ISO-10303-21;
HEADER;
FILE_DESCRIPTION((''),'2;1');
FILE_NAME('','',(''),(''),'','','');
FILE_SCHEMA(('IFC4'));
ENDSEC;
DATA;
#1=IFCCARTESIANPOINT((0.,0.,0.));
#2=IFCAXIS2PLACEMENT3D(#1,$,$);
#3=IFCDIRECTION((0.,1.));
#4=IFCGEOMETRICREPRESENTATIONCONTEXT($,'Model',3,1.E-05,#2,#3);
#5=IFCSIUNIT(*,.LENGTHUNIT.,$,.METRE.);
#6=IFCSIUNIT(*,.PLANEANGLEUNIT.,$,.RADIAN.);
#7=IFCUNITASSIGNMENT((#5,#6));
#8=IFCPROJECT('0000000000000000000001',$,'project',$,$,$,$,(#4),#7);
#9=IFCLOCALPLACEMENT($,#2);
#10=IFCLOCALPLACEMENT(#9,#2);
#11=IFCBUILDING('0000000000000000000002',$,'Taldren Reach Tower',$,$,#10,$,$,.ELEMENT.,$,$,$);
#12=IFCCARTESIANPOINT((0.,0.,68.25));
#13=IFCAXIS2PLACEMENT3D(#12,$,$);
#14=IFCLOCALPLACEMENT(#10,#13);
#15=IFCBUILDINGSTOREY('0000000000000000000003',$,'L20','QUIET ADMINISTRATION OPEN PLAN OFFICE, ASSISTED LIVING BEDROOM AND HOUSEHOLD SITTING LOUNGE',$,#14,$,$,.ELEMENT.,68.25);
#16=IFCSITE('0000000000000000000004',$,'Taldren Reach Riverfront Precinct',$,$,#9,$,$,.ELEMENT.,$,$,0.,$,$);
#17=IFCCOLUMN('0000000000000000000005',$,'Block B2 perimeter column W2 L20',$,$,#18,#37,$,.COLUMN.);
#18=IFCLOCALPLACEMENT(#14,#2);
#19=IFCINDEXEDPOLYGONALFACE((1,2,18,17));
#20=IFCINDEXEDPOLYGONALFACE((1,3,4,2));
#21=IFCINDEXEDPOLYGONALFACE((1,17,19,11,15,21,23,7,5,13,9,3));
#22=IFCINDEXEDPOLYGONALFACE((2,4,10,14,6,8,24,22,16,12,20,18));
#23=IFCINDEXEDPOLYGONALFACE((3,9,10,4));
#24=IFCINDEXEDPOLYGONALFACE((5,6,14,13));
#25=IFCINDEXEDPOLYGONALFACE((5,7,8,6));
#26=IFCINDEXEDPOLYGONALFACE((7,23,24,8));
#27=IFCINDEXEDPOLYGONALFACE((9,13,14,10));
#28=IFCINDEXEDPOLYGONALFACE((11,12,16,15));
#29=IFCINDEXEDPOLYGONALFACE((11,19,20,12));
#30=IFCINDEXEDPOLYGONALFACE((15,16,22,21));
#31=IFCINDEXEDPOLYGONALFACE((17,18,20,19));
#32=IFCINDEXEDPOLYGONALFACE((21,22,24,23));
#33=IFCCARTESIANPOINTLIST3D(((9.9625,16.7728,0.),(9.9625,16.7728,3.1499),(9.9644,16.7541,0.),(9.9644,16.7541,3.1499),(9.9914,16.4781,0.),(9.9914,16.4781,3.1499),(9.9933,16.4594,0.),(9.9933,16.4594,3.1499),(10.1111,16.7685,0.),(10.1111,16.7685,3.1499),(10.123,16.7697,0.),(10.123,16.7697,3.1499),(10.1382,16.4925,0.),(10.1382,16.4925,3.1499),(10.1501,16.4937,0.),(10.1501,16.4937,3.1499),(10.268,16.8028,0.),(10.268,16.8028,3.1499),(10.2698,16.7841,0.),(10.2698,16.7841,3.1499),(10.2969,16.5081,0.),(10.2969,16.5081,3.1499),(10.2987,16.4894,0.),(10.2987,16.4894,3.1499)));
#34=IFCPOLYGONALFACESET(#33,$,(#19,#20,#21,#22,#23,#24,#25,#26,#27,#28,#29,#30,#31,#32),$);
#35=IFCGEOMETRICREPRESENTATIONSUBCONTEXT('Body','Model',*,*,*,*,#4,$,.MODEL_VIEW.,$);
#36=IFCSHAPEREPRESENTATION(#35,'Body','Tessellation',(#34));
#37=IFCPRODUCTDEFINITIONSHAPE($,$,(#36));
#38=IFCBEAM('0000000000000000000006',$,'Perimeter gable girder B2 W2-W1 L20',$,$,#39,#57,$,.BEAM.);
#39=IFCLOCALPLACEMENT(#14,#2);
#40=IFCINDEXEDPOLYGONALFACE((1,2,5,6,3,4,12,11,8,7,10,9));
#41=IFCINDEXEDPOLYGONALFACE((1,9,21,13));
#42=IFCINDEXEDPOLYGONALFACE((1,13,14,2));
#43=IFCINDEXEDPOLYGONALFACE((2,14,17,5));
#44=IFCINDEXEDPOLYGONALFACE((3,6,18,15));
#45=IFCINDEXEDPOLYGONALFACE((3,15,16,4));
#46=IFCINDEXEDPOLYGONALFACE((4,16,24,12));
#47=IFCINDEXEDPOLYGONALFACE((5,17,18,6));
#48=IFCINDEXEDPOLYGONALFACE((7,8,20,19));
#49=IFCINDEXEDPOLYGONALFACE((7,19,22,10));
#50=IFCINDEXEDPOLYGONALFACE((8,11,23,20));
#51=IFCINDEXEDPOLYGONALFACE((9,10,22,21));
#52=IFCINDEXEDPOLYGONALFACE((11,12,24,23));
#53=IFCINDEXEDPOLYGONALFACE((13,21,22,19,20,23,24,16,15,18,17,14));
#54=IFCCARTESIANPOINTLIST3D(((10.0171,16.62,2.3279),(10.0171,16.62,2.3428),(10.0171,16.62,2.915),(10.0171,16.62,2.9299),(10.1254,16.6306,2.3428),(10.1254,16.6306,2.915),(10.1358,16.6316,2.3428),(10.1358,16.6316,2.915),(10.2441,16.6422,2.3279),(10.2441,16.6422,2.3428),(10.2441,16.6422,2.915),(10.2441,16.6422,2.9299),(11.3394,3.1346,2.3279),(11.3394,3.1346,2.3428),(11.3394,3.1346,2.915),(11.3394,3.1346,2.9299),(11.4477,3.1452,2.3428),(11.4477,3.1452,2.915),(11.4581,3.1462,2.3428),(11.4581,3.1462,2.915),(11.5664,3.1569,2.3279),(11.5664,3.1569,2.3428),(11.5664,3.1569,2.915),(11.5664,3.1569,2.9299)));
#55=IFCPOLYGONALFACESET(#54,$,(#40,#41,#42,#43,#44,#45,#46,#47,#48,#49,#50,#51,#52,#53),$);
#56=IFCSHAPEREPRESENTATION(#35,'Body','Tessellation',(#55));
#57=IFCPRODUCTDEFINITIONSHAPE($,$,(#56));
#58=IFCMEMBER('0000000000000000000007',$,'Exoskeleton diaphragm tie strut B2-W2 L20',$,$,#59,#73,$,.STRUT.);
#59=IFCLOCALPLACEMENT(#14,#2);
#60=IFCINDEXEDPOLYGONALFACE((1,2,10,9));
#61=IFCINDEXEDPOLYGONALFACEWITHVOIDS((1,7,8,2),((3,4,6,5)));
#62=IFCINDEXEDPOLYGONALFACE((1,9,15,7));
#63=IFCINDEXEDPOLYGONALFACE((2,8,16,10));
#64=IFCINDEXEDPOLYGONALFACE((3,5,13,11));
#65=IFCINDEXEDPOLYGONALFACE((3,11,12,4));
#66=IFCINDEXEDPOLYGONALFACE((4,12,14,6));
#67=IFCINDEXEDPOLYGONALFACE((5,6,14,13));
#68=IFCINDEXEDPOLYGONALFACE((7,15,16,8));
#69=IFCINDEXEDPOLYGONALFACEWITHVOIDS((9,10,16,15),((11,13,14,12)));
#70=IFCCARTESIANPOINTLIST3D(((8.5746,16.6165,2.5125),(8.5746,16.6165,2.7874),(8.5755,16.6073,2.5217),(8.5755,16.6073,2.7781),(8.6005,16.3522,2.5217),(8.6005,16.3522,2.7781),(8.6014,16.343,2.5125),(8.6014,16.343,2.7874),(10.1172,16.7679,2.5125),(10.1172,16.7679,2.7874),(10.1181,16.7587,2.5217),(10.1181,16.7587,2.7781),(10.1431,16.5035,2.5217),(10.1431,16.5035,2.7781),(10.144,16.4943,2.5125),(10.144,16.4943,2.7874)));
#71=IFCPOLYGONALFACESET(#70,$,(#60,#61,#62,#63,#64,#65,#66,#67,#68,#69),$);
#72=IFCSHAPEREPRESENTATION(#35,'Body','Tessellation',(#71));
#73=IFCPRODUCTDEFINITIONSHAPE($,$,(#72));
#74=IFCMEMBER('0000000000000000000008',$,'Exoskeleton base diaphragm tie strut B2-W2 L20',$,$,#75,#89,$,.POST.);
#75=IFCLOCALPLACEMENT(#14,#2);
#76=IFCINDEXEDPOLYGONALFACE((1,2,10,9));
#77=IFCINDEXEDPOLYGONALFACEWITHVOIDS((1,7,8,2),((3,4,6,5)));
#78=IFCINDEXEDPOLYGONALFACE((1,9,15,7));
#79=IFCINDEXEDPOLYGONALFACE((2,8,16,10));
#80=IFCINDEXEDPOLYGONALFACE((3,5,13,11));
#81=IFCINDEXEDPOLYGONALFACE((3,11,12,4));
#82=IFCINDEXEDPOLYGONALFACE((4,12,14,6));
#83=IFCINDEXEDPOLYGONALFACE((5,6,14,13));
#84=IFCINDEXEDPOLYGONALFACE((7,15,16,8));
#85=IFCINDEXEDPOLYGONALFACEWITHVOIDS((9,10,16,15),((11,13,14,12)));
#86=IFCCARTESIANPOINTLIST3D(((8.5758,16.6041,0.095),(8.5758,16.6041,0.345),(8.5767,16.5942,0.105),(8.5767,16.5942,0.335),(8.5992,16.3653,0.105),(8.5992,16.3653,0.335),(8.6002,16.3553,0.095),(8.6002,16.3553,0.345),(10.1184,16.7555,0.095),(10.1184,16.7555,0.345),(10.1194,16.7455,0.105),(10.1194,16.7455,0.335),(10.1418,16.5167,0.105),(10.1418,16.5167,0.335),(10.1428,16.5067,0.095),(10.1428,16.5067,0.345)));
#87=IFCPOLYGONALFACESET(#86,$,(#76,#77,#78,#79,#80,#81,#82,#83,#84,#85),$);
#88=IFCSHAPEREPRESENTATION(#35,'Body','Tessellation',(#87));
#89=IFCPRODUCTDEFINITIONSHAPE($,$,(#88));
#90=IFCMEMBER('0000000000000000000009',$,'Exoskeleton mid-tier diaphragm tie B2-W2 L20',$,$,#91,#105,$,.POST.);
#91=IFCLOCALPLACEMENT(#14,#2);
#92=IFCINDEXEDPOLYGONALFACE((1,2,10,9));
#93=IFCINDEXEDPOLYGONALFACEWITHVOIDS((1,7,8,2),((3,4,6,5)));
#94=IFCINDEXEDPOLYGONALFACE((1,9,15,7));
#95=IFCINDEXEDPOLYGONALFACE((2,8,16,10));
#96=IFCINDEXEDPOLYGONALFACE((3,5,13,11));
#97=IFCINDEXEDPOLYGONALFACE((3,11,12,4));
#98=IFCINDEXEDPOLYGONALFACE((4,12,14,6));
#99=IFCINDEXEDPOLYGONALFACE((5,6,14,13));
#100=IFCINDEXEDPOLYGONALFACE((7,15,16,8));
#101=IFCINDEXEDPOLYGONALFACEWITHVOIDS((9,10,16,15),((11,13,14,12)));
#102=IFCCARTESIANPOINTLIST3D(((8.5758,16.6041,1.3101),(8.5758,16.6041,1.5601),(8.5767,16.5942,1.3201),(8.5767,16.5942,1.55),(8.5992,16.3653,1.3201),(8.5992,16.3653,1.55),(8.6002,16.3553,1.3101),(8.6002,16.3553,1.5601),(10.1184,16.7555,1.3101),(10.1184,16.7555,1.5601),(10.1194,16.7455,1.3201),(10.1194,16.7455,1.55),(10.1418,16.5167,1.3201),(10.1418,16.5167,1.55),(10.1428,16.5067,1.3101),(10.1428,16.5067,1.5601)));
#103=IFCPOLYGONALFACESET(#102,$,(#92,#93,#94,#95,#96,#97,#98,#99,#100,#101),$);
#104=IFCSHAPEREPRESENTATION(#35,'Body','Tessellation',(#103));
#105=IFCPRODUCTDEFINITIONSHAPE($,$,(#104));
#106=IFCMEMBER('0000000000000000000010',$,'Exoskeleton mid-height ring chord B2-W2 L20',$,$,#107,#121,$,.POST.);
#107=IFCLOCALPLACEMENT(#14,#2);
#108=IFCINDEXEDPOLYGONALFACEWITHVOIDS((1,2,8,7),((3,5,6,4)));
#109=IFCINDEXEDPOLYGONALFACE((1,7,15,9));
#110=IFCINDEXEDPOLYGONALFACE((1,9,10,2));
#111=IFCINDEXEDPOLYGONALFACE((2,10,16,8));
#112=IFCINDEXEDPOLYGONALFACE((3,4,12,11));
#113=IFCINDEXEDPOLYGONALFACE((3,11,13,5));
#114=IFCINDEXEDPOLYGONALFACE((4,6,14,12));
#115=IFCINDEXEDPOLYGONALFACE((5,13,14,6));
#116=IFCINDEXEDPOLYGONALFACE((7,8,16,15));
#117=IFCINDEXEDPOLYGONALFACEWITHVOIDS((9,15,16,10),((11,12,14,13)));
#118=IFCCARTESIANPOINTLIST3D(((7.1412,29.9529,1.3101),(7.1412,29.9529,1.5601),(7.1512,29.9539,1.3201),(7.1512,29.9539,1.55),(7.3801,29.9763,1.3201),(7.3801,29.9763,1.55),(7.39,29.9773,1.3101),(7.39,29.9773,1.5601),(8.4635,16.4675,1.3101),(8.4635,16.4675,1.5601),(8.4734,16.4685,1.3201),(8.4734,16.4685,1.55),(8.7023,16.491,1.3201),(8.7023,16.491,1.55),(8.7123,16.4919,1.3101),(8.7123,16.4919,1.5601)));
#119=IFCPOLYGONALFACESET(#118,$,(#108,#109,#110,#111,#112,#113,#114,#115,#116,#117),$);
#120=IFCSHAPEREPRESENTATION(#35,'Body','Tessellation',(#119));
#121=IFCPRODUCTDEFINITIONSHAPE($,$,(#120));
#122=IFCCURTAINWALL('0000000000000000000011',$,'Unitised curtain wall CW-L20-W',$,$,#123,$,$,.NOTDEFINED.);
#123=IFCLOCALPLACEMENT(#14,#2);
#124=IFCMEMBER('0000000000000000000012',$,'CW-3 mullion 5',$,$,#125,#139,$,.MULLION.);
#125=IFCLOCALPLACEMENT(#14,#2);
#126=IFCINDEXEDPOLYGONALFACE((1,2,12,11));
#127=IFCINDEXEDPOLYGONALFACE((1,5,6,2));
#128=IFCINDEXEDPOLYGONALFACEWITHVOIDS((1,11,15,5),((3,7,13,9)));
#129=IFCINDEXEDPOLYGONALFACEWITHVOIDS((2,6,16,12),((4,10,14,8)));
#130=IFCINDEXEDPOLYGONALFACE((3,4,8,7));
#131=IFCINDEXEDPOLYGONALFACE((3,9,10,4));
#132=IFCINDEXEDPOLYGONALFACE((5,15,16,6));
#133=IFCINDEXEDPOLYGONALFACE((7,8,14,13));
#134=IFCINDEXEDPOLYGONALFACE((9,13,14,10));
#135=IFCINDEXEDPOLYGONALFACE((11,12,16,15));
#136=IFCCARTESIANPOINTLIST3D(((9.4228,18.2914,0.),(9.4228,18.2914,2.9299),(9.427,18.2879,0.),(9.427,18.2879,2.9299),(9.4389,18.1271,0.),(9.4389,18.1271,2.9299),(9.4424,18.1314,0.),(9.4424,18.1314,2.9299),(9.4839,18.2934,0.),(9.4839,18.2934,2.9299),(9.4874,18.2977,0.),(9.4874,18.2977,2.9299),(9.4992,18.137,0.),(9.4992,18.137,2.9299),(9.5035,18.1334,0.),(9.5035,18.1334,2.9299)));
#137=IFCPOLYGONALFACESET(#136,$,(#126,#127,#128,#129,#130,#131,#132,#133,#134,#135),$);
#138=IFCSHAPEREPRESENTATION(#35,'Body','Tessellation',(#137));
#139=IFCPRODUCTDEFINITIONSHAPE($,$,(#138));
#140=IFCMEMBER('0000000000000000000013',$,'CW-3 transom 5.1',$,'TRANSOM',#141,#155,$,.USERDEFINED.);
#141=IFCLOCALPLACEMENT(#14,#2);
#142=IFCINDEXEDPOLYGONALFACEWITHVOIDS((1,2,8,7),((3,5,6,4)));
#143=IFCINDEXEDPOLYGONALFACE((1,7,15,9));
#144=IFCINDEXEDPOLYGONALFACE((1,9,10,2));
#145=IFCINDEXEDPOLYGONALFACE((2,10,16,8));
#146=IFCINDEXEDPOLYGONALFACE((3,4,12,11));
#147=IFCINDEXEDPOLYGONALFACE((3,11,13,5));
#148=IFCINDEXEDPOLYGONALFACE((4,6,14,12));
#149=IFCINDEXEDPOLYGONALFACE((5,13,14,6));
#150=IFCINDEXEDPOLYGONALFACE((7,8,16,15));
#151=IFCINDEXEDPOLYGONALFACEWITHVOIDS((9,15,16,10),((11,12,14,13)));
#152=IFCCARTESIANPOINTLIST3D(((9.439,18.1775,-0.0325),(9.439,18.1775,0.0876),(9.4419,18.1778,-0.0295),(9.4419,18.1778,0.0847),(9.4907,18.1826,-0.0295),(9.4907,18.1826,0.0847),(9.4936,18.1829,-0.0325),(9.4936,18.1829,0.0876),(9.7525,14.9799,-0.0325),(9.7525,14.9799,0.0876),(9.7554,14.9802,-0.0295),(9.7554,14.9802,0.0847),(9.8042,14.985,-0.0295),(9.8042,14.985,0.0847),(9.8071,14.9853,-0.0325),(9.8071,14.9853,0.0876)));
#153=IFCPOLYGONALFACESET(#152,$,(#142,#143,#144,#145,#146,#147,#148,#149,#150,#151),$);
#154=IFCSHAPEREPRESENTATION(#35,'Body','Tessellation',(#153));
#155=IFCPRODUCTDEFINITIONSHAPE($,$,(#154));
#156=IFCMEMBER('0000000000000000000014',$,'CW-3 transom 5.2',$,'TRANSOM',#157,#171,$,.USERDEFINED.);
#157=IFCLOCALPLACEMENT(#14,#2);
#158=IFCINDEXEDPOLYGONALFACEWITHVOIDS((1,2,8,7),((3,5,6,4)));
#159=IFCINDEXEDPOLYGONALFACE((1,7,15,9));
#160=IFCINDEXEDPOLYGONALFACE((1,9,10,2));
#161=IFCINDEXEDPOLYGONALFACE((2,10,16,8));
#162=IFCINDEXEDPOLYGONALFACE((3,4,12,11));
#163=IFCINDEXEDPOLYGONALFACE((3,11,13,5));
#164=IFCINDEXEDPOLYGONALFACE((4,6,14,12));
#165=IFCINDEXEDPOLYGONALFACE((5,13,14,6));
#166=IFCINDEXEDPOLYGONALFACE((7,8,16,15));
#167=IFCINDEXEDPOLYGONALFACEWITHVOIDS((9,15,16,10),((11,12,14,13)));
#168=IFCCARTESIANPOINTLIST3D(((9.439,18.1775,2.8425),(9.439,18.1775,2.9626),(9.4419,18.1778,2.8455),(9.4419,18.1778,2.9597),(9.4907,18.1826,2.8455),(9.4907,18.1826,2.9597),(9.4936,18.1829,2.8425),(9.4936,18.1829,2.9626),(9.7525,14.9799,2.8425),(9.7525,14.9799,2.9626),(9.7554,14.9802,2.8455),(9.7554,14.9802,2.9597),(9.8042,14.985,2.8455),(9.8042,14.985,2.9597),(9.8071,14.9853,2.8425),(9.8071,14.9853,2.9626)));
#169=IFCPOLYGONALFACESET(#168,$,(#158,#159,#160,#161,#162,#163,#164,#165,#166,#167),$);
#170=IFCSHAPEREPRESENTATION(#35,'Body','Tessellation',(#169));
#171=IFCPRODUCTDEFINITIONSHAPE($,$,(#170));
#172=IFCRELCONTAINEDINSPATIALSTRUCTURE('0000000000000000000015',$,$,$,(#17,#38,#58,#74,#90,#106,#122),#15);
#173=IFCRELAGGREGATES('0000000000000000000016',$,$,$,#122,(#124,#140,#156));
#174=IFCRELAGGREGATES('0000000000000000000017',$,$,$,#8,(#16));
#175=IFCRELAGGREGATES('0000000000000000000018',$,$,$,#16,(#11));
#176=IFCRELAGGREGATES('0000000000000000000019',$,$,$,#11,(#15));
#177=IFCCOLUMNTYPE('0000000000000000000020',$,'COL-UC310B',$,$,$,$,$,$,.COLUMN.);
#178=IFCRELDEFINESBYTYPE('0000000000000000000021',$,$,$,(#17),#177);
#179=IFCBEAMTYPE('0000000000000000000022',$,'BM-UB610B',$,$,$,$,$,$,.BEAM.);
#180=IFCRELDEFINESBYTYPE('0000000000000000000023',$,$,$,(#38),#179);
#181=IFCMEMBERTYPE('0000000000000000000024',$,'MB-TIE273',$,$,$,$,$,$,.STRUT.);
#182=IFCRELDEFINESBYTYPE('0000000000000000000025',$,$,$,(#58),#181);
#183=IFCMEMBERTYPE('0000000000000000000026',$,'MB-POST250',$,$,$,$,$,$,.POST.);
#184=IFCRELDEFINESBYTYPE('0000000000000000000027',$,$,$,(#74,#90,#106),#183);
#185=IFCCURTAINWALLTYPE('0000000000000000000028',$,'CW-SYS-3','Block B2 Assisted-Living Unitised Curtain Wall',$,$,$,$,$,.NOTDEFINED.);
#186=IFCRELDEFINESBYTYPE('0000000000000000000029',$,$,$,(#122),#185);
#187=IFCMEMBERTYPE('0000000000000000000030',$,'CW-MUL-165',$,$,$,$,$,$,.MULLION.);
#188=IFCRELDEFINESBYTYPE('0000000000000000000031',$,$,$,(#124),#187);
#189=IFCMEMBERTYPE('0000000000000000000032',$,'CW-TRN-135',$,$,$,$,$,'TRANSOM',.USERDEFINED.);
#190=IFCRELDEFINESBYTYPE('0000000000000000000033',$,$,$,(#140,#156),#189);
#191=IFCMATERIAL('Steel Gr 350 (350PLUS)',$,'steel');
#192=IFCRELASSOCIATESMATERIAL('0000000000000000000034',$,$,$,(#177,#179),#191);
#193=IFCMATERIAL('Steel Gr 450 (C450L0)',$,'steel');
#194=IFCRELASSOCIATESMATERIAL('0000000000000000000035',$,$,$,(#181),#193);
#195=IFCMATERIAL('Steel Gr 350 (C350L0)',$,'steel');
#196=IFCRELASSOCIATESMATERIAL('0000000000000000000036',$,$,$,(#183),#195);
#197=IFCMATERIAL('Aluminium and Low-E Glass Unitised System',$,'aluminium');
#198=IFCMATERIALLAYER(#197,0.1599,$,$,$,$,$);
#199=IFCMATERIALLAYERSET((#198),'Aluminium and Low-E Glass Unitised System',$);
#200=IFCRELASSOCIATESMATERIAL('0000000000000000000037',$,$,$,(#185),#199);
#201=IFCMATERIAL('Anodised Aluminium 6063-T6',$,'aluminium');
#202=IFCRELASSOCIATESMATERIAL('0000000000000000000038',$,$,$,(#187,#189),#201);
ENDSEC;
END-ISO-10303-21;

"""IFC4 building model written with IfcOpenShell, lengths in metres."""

from ifc_helpers import new_model, si_unit, direction, frame, origin, origin_2d, place, context, subcontext, project, spatial, hollow_rectangle, i_section, extrude, source, transform, mapped, material, layer, layer_set, material_profile, profile_set, type_object, element, aggregate, save


model = new_model("IFC4")

# Units and contexts
model_context = context("Model", 3, precision=1e-05, world=origin(), true_north=direction((0.0, 1.0)))
body_context = subcontext(model_context, "Body", "Model", "MODEL_VIEW")
ifc_project = project(units=[si_unit("LENGTHUNIT", "METRE"), si_unit("PLANEANGLEUNIT", "RADIAN")], contexts=[model_context])

# Site, building, storey
site_placement = place(None, origin())
site = spatial("IfcSite", under=ifc_project, at=site_placement, Name="Taldren Reach Riverfront Precinct", CompositionType="ELEMENT", RefElevation=0.0)
building_placement = place(site_placement, origin())
building = spatial("IfcBuilding", under=site, at=building_placement, Name="Taldren Reach Tower", CompositionType="ELEMENT")
storey_placement = place(building_placement, frame((0.0, 0.0, 68.25)))
storey = spatial("IfcBuildingStorey", under=building, at=storey_placement, Name="L20", Description="QUIET ADMINISTRATION OPEN PLAN OFFICE, ASSISTED LIVING BEDROOM AND HOUSEHOLD SITTING LOUNGE", CompositionType="ELEMENT", Elevation=68.25)

# Column
ifc_material_1 = material(Name="Steel Gr 350 (350PLUS)", Category="steel")
ifc_material_profile_1 = material_profile(ifc_material_1, i_section(OverallWidth=0.3069, OverallDepth=0.3149, WebThickness=0.012, FlangeThickness=0.0188, at=origin_2d()), Name="310UC118")
ifc_profile_set_1 = profile_set([ifc_material_profile_1], Name="Steel Gr 350 (350PLUS)")
column_type = type_object("IfcColumnType", Name="COL-UC310B", PredefinedType="COLUMN", material=ifc_profile_set_1)
shared_shape_1 = source(origin(), body_context, "Body", "SweptSolid", [
    extrude(i_section(OverallWidth=0.3069, OverallDepth=0.3149, WebThickness=0.012, FlangeThickness=0.0188, at=origin_2d()), origin(), (0.0, 0.0, 1.0), 3.1499),
])
column_placement = place(storey_placement, frame((10.1306, 16.6311, 0.0), z_axis=(0.0, 0.0, 1.0), x_axis=(0.995227, 0.097583, 0.0)))
element("IfcColumn", 1, at=column_placement, inside=storey, type_object=column_type, Name="Block B2 perimeter column W2 L20", PredefinedType="COLUMN", context=body_context, shape_type="MappedRepresentation", body=[
    mapped(shared_shape_1, transform((0.0, 0.0, 0.0), scale=1.0)),
])

# Beam
ifc_material_profile_2 = material_profile(ifc_material_1, i_section(OverallWidth=0.228, OverallDepth=0.6021, WebThickness=0.0105, FlangeThickness=0.0149, at=origin_2d()), Name="610UB101")
ifc_profile_set_2 = profile_set([ifc_material_profile_2], Name="Steel Gr 350 (350PLUS)")
beam_type = type_object("IfcBeamType", Name="BM-UB610B", PredefinedType="BEAM", material=ifc_profile_set_2)
shared_shape_2 = source(origin(), body_context, "Body", "SweptSolid", [
    extrude(i_section(OverallWidth=0.228, OverallDepth=0.6021, WebThickness=0.0105, FlangeThickness=0.0149, at=origin_2d()), origin(), (0.0, 0.0, 1.0), 13.55),
])
beam_placement = place(storey_placement, frame((10.1306, 16.6311, 2.6289), z_axis=(0.097584, -0.995227, 0.0), x_axis=(0.995227, 0.097584, 0.0)))
element("IfcBeam", 2, at=beam_placement, inside=storey, type_object=beam_type, Name="Perimeter gable girder B2 W2-W1 L20", PredefinedType="BEAM", context=body_context, shape_type="MappedRepresentation", body=[
    mapped(shared_shape_2, transform((0.0, 0.0, 0.0), scale=1.0)),
])

# Members
ifc_material_2 = material(Name="Steel Gr 450 (C450L0)", Category="steel")
ifc_material_profile_3 = material_profile(ifc_material_2, hollow_rectangle(XDim=0.2749, YDim=0.2749, WallThickness=0.0093, at=origin_2d()), Name="275x275x9.3SHS")
ifc_profile_set_3 = profile_set([ifc_material_profile_3], Name="Steel Gr 450 (C450L0)")
member_type_1 = type_object("IfcMemberType", Name="MB-TIE273", PredefinedType="STRUT", material=ifc_profile_set_3)
shared_shape_3 = source(origin(), body_context, "Body", "SweptSolid", [
    extrude(hollow_rectangle(XDim=0.2749, YDim=0.2749, WallThickness=0.0093, at=origin_2d()), origin(), (0.0, 0.0, 1.0), 1.55),
])
member_1_placement = place(storey_placement, frame((10.1306, 16.6311, 2.6499), z_axis=(-0.995221, -0.097648, 0.0), x_axis=(0.097648, -0.995221, 0.0)))
element("IfcMember", 3, at=member_1_placement, inside=storey, type_object=member_type_1, Name="Exoskeleton diaphragm tie strut B2-W2 L20", PredefinedType="STRUT", context=body_context, shape_type="MappedRepresentation", body=[
    mapped(shared_shape_3, transform((0.0, 0.0, 0.0), scale=1.0)),
])
ifc_material_3 = material(Name="Steel Gr 350 (C350L0)", Category="steel")
ifc_material_profile_4 = material_profile(ifc_material_3, hollow_rectangle(XDim=0.25, YDim=0.25, WallThickness=0.01, at=origin_2d()), Name="250x250x10.0SHS")
ifc_profile_set_4 = profile_set([ifc_material_profile_4], Name="Steel Gr 350 (C350L0)")
member_type_2 = type_object("IfcMemberType", Name="MB-POST250", PredefinedType="POST", material=ifc_profile_set_4)
shared_shape_4 = source(origin(), body_context, "Body", "SweptSolid", [
    extrude(hollow_rectangle(XDim=0.25, YDim=0.25, WallThickness=0.01, at=origin_2d()), origin(), (0.0, 0.0, 1.0), 1.55),
])
for number, where, z_axis, x_axis, name in (
    (4, (10.1306, 16.6311, 0.22), (-0.995221, -0.097648, 0.0), (0.097648, -0.995221, 0.0), "Exoskeleton base diaphragm tie strut B2-W2 L20"),
    (5, (10.1306, 16.6311, 1.4351), (-0.995221, -0.097648, 0.0), (0.097648, -0.995221, 0.0), "Exoskeleton mid-tier diaphragm tie B2-W2 L20"),
):
    element("IfcMember", number, at=place(storey_placement, frame(where, z_axis=z_axis, x_axis=x_axis)), inside=storey, type_object=member_type_2, Name=name, PredefinedType="POST", context=body_context, shape_type="MappedRepresentation", body=[
        mapped(shared_shape_4, transform((0.0, 0.0, 0.0), scale=1.0)),
    ])
shared_shape_5 = source(origin(), body_context, "Body", "SweptSolid", [
    extrude(hollow_rectangle(XDim=0.25, YDim=0.25, WallThickness=0.01, at=origin_2d()), origin(), (0.0, 0.0, 1.0), 13.55),
])
member_2_placement = place(storey_placement, frame((8.5879, 16.4797, 1.4351), z_axis=(-0.097584, 0.995227, 0.0), x_axis=(-0.995227, -0.097584, 0.0)))
element("IfcMember", 6, at=member_2_placement, inside=storey, type_object=member_type_2, Name="Exoskeleton mid-height ring chord B2-W2 L20", PredefinedType="POST", context=body_context, shape_type="MappedRepresentation", body=[
    mapped(shared_shape_5, transform((0.0, 0.0, 0.0), scale=1.0)),
])

# Curtain wall, members
ifc_material_4 = material(Name="Aluminium and Low-E Glass Unitised System", Category="aluminium")
ifc_layer_1 = layer(ifc_material_4, 0.1599)
ifc_layer_set_1 = layer_set([ifc_layer_1], Name="Aluminium and Low-E Glass Unitised System")
curtain_wall_type = type_object("IfcCurtainWallType", Name="CW-SYS-3", Description="Block B2 Assisted-Living Unitised Curtain Wall", PredefinedType="NOTDEFINED", material=ifc_layer_set_1)
curtain_wall_placement = place(storey_placement, origin())
curtain_wall = element("IfcCurtainWall", 7, at=curtain_wall_placement, inside=storey, type_object=curtain_wall_type, Name="Unitised curtain wall CW-L20-W", PredefinedType="NOTDEFINED")
ifc_material_5 = material(Name="Anodised Aluminium 6063-T6", Category="aluminium")
ifc_material_profile_5 = material_profile(ifc_material_5, hollow_rectangle(XDim=0.0649, YDim=0.165, WallThickness=0.0039, at=origin_2d()), Name="ALU-165x65x4RHS")
ifc_profile_set_5 = profile_set([ifc_material_profile_5], Name="Anodised Aluminium 6063-T6")
member_type_3 = type_object("IfcMemberType", Name="CW-MUL-165", PredefinedType="MULLION", material=ifc_profile_set_5)
shared_shape_6 = source(origin(), body_context, "Body", "SweptSolid", [
    extrude(hollow_rectangle(XDim=0.0649, YDim=0.165, WallThickness=0.0039, at=origin_2d()), origin(), (0.0, 0.0, 1.0), 2.9299),
])
member_3_placement = place(storey_placement, frame((9.4631, 18.2124, 0.0), z_axis=(0.0, 0.0, 1.0), x_axis=(0.995227, 0.097583, 0.0)))
member_3 = element("IfcMember", 8, at=member_3_placement, type_object=member_type_3, Name="CW-3 mullion 5", PredefinedType="MULLION", context=body_context, shape_type="MappedRepresentation", body=[
    mapped(shared_shape_6, transform((0.0, 0.0, 0.0), scale=1.0)),
])
ifc_material_profile_6 = material_profile(ifc_material_5, hollow_rectangle(XDim=0.0549, YDim=0.1201, WallThickness=0.0029, at=origin_2d()), Name="ALU-120x55x3RHS")
ifc_profile_set_6 = profile_set([ifc_material_profile_6], Name="Anodised Aluminium 6063-T6")
member_type_4 = type_object("IfcMemberType", Name="CW-TRN-135", ElementType="TRANSOM", PredefinedType="USERDEFINED", material=ifc_profile_set_6)
shared_shape_7 = source(origin(), body_context, "Body", "SweptSolid", [
    extrude(hollow_rectangle(XDim=0.0549, YDim=0.1201, WallThickness=0.0029, at=origin_2d()), origin(), (0.0, 0.0, 1.0), 3.2129),
])
member_4_placement = place(storey_placement, frame((9.4663, 18.1802, 0.0276), z_axis=(0.09757, -0.995229, 0.0), x_axis=(0.995229, 0.09757, 0.0)))
member_4 = element("IfcMember", 9, at=member_4_placement, type_object=member_type_4, Name="CW-3 transom 5.1", ObjectType="TRANSOM", PredefinedType="USERDEFINED", context=body_context, shape_type="MappedRepresentation", body=[
    mapped(shared_shape_7, transform((0.0, 0.0, 0.0), scale=1.0)),
])
member_5_placement = place(storey_placement, frame((9.4663, 18.1802, 2.9026), z_axis=(0.09757, -0.995229, 0.0), x_axis=(0.995229, 0.09757, 0.0)))
member_5 = element("IfcMember", 10, at=member_5_placement, type_object=member_type_4, Name="CW-3 transom 5.2", ObjectType="TRANSOM", PredefinedType="USERDEFINED", context=body_context, shape_type="MappedRepresentation", body=[
    mapped(shared_shape_7, transform((0.0, 0.0, 0.0), scale=1.0)),
])

aggregate(curtain_wall, [member_3, member_4, member_5])

save(model, "model.ifc")
